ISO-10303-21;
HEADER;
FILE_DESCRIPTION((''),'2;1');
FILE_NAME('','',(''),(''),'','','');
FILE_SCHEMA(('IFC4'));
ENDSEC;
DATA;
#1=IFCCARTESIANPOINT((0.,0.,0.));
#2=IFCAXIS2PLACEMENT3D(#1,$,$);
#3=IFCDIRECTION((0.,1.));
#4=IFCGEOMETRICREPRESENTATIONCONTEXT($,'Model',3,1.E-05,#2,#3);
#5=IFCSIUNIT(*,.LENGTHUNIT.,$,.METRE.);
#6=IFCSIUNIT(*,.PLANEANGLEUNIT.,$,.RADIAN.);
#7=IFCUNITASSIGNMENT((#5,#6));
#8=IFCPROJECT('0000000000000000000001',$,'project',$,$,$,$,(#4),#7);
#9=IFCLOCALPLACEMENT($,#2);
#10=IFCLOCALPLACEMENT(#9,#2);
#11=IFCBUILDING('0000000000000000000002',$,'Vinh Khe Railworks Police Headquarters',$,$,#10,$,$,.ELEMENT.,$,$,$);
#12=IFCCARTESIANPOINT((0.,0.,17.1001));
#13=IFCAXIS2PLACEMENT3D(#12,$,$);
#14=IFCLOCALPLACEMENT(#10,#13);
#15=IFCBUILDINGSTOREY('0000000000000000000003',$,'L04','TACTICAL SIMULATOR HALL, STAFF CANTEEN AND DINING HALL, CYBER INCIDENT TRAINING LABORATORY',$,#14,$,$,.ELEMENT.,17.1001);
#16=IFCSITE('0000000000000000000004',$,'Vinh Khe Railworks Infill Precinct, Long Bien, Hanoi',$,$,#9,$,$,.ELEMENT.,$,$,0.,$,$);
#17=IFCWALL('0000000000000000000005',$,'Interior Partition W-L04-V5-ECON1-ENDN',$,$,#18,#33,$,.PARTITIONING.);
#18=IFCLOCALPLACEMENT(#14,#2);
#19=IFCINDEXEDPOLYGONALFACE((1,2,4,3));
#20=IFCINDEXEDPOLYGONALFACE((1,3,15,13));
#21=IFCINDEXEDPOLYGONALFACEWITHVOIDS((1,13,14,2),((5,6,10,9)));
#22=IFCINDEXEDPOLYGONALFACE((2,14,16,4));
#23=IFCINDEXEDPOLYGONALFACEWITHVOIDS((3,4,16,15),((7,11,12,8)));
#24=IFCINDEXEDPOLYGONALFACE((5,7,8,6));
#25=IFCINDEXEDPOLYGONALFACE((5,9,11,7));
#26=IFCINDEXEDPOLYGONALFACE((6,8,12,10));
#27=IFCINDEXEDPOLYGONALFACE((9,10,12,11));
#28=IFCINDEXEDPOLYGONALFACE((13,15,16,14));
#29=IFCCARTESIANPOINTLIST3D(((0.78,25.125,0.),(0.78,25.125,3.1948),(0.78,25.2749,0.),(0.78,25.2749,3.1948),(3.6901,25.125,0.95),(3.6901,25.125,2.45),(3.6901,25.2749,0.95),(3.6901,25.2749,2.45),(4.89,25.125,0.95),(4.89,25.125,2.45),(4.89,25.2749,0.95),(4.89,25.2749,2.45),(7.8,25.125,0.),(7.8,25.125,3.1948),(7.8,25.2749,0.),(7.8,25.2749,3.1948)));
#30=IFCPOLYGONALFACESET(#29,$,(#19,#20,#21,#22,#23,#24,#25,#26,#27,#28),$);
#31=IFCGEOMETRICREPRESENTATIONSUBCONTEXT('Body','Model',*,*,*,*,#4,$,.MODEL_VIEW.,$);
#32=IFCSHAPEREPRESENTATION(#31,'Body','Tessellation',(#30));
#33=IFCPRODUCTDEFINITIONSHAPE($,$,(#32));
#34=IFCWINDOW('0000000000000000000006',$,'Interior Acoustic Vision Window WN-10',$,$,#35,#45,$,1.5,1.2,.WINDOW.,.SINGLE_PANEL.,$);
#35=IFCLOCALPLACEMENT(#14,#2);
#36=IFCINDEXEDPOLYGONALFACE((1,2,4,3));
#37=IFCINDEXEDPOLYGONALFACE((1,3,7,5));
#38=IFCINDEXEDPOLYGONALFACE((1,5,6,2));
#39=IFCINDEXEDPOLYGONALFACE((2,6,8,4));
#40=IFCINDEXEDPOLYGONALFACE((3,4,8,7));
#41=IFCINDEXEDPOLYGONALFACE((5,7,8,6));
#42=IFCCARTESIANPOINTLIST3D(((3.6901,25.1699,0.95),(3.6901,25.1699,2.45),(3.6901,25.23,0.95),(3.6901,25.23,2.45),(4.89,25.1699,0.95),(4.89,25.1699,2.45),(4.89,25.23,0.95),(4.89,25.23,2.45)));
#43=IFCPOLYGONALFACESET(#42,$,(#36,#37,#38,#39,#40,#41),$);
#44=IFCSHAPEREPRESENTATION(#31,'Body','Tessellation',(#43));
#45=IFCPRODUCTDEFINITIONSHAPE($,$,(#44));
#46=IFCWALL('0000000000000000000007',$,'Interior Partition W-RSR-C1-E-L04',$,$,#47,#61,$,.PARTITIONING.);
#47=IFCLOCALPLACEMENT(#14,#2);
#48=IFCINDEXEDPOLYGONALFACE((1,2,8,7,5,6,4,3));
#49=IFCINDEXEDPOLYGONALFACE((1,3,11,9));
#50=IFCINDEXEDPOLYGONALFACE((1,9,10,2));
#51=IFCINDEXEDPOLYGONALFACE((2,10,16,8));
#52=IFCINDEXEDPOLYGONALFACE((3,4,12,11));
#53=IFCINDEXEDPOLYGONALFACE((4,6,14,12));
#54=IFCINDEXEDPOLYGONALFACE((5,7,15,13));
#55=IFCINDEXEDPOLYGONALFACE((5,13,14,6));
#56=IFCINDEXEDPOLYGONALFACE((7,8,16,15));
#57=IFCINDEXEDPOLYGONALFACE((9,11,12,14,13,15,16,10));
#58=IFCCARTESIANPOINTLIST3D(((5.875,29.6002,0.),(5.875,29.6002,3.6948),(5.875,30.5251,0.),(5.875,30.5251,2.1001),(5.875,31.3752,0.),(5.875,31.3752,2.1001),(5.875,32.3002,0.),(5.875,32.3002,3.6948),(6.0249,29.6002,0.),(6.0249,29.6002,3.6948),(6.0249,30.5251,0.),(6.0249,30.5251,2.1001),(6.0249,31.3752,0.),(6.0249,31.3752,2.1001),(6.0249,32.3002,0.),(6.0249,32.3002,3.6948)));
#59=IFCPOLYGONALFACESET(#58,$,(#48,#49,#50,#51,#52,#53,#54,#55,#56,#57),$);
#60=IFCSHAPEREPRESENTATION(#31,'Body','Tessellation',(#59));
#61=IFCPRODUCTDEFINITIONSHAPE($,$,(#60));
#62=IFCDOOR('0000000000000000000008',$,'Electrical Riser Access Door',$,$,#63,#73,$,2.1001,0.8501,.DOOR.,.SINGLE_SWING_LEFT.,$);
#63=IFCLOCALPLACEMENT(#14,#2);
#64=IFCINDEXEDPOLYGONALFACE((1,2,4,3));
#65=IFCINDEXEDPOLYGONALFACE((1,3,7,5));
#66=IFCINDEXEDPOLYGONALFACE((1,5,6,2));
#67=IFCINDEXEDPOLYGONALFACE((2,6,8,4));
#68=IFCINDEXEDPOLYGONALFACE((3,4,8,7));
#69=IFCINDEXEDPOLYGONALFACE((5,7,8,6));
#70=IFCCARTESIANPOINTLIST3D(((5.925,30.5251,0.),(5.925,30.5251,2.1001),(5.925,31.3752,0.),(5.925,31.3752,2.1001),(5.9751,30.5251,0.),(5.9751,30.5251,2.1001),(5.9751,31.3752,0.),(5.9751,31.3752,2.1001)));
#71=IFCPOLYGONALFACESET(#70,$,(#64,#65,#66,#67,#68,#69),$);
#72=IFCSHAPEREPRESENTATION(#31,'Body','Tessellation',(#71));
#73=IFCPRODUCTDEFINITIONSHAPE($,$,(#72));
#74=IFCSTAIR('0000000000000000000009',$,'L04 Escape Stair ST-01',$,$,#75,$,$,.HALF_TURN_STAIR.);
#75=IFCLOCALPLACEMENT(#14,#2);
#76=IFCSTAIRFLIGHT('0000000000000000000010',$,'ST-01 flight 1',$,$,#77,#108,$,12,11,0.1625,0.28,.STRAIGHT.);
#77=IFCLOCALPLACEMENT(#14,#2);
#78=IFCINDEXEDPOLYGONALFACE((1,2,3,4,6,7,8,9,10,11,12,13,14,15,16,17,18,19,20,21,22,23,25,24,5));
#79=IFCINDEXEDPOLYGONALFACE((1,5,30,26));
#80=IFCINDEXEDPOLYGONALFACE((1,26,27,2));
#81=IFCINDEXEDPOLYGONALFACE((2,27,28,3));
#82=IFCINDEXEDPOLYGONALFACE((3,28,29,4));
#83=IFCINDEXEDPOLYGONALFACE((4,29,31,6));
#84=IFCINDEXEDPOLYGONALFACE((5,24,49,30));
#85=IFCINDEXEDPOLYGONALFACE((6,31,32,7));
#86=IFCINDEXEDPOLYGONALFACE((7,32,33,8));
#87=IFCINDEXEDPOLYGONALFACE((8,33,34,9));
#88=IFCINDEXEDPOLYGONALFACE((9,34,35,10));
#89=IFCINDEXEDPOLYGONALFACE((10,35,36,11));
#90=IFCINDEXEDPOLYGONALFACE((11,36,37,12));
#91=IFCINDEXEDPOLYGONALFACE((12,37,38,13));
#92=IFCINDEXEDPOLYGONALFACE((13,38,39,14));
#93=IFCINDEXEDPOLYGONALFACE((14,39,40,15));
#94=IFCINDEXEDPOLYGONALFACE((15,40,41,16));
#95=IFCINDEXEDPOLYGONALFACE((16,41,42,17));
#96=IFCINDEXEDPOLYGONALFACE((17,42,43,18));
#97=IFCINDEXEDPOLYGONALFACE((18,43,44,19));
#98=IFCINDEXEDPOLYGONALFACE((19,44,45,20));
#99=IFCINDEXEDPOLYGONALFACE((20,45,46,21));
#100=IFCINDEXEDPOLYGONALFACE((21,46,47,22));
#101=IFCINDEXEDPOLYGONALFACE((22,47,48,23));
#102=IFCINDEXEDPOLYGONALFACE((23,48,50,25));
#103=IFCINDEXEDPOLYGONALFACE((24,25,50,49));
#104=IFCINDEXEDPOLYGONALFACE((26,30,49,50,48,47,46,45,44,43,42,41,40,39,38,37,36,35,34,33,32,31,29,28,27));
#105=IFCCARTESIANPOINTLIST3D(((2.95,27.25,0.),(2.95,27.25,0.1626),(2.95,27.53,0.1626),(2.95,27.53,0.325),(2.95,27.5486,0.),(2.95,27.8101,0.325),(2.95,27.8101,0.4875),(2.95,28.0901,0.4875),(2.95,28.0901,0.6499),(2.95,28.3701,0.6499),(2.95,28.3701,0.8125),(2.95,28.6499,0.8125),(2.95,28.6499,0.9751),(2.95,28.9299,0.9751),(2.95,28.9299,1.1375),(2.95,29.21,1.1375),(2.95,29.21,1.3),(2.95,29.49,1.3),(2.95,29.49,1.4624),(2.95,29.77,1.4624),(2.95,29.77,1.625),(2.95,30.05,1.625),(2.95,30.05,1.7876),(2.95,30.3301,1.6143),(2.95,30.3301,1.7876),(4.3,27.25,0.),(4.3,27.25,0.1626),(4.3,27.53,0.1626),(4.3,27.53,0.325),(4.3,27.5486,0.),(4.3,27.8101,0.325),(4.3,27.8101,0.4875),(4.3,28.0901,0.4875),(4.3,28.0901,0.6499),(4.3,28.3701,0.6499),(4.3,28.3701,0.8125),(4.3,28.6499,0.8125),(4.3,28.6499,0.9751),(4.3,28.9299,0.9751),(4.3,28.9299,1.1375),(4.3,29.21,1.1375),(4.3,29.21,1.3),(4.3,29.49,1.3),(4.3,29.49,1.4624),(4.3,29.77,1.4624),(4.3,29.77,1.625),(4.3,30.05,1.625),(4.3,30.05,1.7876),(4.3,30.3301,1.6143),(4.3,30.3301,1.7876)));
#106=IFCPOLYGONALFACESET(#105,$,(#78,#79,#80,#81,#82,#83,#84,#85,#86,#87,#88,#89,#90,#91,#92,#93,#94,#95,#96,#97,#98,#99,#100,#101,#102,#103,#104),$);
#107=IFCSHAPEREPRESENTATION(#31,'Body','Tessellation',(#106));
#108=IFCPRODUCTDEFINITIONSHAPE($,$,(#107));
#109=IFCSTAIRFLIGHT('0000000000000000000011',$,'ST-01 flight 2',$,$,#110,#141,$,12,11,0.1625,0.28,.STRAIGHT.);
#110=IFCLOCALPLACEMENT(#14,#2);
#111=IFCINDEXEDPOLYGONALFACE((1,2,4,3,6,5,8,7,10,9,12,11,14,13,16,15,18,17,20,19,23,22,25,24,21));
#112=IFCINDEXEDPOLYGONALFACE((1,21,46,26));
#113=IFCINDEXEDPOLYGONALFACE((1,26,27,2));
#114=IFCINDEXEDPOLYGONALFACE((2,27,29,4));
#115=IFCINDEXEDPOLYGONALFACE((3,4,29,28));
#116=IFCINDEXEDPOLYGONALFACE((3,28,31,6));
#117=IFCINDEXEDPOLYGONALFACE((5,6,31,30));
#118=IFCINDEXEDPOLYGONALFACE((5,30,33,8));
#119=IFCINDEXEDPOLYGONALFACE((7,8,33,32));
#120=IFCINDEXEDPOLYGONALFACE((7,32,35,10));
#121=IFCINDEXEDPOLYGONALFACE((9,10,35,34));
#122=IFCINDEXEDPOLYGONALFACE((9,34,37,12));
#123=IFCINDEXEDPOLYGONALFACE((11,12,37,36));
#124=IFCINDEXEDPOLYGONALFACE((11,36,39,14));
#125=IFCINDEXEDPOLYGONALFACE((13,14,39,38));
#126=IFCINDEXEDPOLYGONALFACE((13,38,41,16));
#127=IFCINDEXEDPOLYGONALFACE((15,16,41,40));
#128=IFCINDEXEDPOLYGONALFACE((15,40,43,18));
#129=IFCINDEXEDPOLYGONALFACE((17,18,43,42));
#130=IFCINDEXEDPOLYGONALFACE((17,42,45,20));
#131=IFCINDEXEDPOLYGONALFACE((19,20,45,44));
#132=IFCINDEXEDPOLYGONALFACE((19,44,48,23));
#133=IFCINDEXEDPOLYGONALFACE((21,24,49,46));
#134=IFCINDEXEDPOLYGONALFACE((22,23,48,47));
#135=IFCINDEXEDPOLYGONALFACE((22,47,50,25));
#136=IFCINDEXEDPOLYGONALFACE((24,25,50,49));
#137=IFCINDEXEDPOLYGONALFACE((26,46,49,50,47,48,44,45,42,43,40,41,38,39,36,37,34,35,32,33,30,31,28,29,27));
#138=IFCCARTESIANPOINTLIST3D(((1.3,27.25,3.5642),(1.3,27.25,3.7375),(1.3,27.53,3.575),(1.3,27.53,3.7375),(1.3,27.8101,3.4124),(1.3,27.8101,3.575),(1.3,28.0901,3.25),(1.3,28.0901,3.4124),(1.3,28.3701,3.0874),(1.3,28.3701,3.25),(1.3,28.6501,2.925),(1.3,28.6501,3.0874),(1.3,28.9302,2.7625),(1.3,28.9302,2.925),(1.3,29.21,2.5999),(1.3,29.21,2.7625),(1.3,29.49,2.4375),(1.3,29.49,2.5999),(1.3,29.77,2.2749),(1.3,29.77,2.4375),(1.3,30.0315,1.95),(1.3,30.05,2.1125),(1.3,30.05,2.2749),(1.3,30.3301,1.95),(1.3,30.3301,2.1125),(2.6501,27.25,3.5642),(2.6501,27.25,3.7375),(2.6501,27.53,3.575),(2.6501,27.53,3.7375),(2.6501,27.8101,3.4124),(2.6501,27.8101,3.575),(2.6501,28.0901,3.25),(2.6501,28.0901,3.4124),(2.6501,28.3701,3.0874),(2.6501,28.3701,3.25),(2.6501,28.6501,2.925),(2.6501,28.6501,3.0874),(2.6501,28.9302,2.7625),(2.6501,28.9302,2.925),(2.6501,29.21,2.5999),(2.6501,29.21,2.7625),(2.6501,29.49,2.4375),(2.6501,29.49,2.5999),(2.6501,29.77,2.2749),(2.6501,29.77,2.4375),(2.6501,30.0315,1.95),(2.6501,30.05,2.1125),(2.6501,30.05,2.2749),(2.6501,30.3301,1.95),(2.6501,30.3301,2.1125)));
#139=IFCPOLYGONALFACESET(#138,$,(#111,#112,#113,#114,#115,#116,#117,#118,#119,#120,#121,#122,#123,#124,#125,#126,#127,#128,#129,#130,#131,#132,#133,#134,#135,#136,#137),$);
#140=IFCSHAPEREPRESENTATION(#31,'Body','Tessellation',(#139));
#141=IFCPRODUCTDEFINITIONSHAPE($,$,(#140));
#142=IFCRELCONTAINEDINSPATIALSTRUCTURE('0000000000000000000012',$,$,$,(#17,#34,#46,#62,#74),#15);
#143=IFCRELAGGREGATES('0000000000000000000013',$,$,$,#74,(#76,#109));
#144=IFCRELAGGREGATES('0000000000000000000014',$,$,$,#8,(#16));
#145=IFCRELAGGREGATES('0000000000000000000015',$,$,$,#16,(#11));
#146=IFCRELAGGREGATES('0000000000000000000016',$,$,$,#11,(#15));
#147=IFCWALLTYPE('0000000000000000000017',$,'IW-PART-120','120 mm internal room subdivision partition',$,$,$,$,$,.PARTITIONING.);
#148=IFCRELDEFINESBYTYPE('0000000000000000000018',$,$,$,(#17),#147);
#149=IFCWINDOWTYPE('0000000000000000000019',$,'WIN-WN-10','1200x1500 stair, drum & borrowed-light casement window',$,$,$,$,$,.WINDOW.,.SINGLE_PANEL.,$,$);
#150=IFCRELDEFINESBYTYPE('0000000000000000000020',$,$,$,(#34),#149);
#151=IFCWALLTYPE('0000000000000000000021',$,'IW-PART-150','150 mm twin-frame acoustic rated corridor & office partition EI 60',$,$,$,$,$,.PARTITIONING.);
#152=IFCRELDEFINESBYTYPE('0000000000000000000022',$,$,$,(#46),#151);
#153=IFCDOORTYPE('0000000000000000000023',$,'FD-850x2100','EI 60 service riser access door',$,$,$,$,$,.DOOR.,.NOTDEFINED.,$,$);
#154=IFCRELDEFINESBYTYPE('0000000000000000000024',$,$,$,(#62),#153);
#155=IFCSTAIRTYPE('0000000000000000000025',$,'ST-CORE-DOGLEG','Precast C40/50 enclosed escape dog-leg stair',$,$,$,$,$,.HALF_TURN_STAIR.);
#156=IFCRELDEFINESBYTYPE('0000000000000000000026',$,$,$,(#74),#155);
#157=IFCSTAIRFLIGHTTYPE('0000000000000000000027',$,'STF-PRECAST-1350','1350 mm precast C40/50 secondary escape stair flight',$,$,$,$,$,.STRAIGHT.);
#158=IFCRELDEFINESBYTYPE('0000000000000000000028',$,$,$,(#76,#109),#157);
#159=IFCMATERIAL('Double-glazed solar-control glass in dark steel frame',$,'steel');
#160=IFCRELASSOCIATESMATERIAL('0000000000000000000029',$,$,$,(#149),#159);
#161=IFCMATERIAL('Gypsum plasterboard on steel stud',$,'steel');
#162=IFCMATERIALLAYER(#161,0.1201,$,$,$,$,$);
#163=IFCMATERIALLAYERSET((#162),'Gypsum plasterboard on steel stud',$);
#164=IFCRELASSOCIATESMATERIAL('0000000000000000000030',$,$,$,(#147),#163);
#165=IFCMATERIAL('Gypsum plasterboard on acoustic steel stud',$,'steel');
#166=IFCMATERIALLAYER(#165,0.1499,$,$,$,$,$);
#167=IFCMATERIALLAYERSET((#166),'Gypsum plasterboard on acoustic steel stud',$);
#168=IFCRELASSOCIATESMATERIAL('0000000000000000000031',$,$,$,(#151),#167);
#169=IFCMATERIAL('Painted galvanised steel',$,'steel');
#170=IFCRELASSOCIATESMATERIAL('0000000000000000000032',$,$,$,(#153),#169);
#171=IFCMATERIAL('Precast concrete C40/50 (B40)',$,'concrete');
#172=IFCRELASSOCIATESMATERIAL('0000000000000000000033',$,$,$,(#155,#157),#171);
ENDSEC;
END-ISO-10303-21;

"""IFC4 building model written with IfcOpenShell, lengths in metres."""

from ifc_helpers import new_model, si_unit, direction, frame, frame_2d, origin, place, context, subcontext, project, spatial, polyline, rectangle, outline, extrude, material, layer, layer_set, type_object, element, fill, aggregate, save


model = new_model("IFC4")

# Units and contexts
model_context = context("Model", 3, precision=1e-05, world=origin(), true_north=direction((0.0, 1.0)))
body_context = subcontext(model_context, "Body", "Model", "MODEL_VIEW")
ifc_project = project(units=[si_unit("LENGTHUNIT", "METRE"), si_unit("PLANEANGLEUNIT", "RADIAN")], contexts=[model_context])

# Site, building, storey
site_placement = place(None, origin())
site = spatial("IfcSite", under=ifc_project, at=site_placement, Name="Vinh Khe Railworks Infill Precinct, Long Bien, Hanoi", CompositionType="ELEMENT", RefElevation=0.0)
building_placement = place(site_placement, origin())
building = spatial("IfcBuilding", under=site, at=building_placement, Name="Vinh Khe Railworks Police Headquarters", CompositionType="ELEMENT")
storey_placement = place(building_placement, frame((0.0, 0.0, 17.1001)))
storey = spatial("IfcBuildingStorey", under=building, at=storey_placement, Name="L04", Description="TACTICAL SIMULATOR HALL, STAFF CANTEEN AND DINING HALL, CYBER INCIDENT TRAINING LABORATORY", CompositionType="ELEMENT", Elevation=17.1001)

# Shared definitions
ifc_material_1 = material(Name="Painted galvanised steel", Category="steel")

# Shared definitions
ifc_material_2 = material(Name="Double-glazed solar-control glass in dark steel frame", Category="steel")
window_type = type_object("IfcWindowType", Name="WIN-WN-10", Description="1200x1500 stair, drum & borrowed-light casement window", PartitioningType="SINGLE_PANEL", PredefinedType="WINDOW", material=ifc_material_2)

# Wall, opening, window
ifc_material_3 = material(Name="Gypsum plasterboard on steel stud", Category="steel")
ifc_layer_1 = layer(ifc_material_3, 0.1201)
ifc_layer_set_1 = layer_set([ifc_layer_1], Name="Gypsum plasterboard on steel stud")
wall_type_1 = type_object("IfcWallType", Name="IW-PART-120", Description="120 mm internal room subdivision partition", PredefinedType="PARTITIONING", material=ifc_layer_set_1)
wall_1_placement = place(storey_placement, frame((0.78, 25.2, 0.0), z_axis=(0.0, 0.0, 1.0), x_axis=(1.0, 0.0, 0.0)))
wall_1 = element("IfcWall", 1, at=wall_1_placement, inside=storey, type_object=wall_type_1, Name="Interior Partition W-L04-V5-ECON1-ENDN", PredefinedType="PARTITIONING", context=body_context, shape_type="SweptSolid", body=[
    extrude(rectangle(XDim=7.02, YDim=0.1499, at=frame_2d((3.51, 0.0))), origin(), (0.0, 0.0, 1.0), 3.1948),
])
opening_1_placement = place(wall_1_placement, frame((2.9099, 0.0, 0.95)))
opening_1 = element("IfcOpeningElement", 2, at=opening_1_placement, cuts=wall_1, PredefinedType="OPENING", context=body_context, shape_type="SweptSolid", body=[
    extrude(rectangle(XDim=1.2, YDim=1.5, at=frame_2d((0.6001, 0.75))), frame((0.0, 0.0898, 0.0), z_axis=(0.0, -1.0, 0.0), x_axis=(1.0, 0.0, 0.0)), (0.0, 0.0, 1.0), 0.1797),
])
window_1_placement = place(opening_1_placement, origin())
window_1 = element("IfcWindow", 3, at=window_1_placement, inside=storey, type_object=window_type, Name="Interior Acoustic Vision Window WN-10", OverallHeight=1.5, OverallWidth=1.2, PartitioningType="SINGLE_PANEL", PredefinedType="WINDOW", context=body_context, shape_type="SweptSolid", body=[
    extrude(rectangle(XDim=1.2, YDim=1.5, at=frame_2d((0.6001, 0.75))), frame((0.0, 0.03, 0.0), z_axis=(0.0, -1.0, 0.0), x_axis=(1.0, 0.0, 0.0)), (0.0, 0.0, 1.0), 0.0601),
])
fill(opening_1, window_1)

# Wall, opening, door
ifc_material_4 = material(Name="Gypsum plasterboard on acoustic steel stud", Category="steel")
ifc_layer_2 = layer(ifc_material_4, 0.1499)
ifc_layer_set_2 = layer_set([ifc_layer_2], Name="Gypsum plasterboard on acoustic steel stud")
wall_type_2 = type_object("IfcWallType", Name="IW-PART-150", Description="150 mm twin-frame acoustic rated corridor & office partition EI 60", PredefinedType="PARTITIONING", material=ifc_layer_set_2)
wall_2_placement = place(storey_placement, frame((5.95, 29.6001, 0.0), z_axis=(0.0, 0.0, 1.0), x_axis=(0.0, 1.0, 0.0)))
wall_2 = element("IfcWall", 4, at=wall_2_placement, inside=storey, type_object=wall_type_2, Name="Interior Partition W-RSR-C1-E-L04", PredefinedType="PARTITIONING", context=body_context, shape_type="SweptSolid", body=[
    extrude(rectangle(XDim=2.7, YDim=0.1499, at=frame_2d((1.3501, 0.0))), origin(), (0.0, 0.0, 1.0), 3.6948),
])
opening_2_placement = place(wall_2_placement, frame((0.925, 0.0, 0.0)))
opening_2 = element("IfcOpeningElement", 5, at=opening_2_placement, cuts=wall_2, PredefinedType="OPENING", context=body_context, shape_type="SweptSolid", body=[
    extrude(rectangle(XDim=0.8501, YDim=2.1001, at=frame_2d((0.425, 1.05))), frame((0.0, 0.0898, 0.0), z_axis=(0.0, -1.0, 0.0), x_axis=(1.0, 0.0, 0.0)), (0.0, 0.0, 1.0), 0.1797),
])
door_type_1 = type_object("IfcDoorType", Name="FD-850x2100", Description="EI 60 service riser access door", OperationType="NOTDEFINED", PredefinedType="DOOR", material=ifc_material_1)
door_1_placement = place(opening_2_placement, origin())
door_1 = element("IfcDoor", 6, at=door_1_placement, inside=storey, type_object=door_type_1, Name="Electrical Riser Access Door", OperationType="SINGLE_SWING_LEFT", OverallHeight=2.1001, OverallWidth=0.8501, PredefinedType="DOOR", context=body_context, shape_type="SweptSolid", body=[
    extrude(rectangle(XDim=0.8501, YDim=2.1001, at=frame_2d((0.425, 1.05))), frame((0.0, 0.0249, 0.0), z_axis=(0.0, -1.0, 0.0), x_axis=(1.0, 0.0, 0.0)), (0.0, 0.0, 1.0), 0.05),
])
fill(opening_2, door_1)

# Stair, stair flights
ifc_material_5 = material(Name="Precast concrete C40/50 (B40)", Category="concrete")
stair_type = type_object("IfcStairType", Name="ST-CORE-DOGLEG", Description="Precast C40/50 enclosed escape dog-leg stair", PredefinedType="HALF_TURN_STAIR", material=ifc_material_5)
stair_placement = place(storey_placement, origin())
stair = element("IfcStair", 7, at=stair_placement, inside=storey, type_object=stair_type, Name="L04 Escape Stair ST-01", PredefinedType="HALF_TURN_STAIR")
stair_flight_type = type_object("IfcStairFlightType", Name="STF-PRECAST-1350", Description="1350 mm precast C40/50 secondary escape stair flight", PredefinedType="STRAIGHT", material=ifc_material_5)
stair_flight_1_placement = place(storey_placement, frame((3.625, 27.25, 0.0), z_axis=(0.0, 0.0, 1.0), x_axis=(0.0, 1.0, 0.0)))
stair_flight_1 = element("IfcStairFlight", 8, at=stair_flight_1_placement, type_object=stair_flight_type, Name="ST-01 flight 1", NumberOfRisers=12, NumberOfTreads=11, PredefinedType="STRAIGHT", RiserHeight=0.1625, TreadLength=0.28, context=body_context, shape_type="SweptSolid", body=[
    extrude(outline(polyline([(0.0, 0.0), (0.0, 0.1626), (0.28, 0.1626), (0.28, 0.325), (0.5601, 0.325), (0.5601, 0.4875), (0.8401, 0.4875), (0.8401, 0.6499), (1.1201, 0.6499), (1.1201, 0.8125), (1.3999, 0.8125), (1.3999, 0.9751), (1.6799, 0.9751), (1.6799, 1.1375), (1.96, 1.1375), (1.96, 1.3), (2.24, 1.3), (2.24, 1.4624), (2.52, 1.4624), (2.52, 1.625), (2.8, 1.625), (2.8, 1.7876), (3.0801, 1.7876), (3.0801, 1.95), (3.0801, 1.6143), (0.2986, 0.0), (0.0, 0.0)])), frame((0.0, 0.675, 0.0), z_axis=(0.0, -1.0, 0.0), x_axis=(1.0, 0.0, 0.0)), (0.0, 0.0, 1.0), 1.3501),
])
stair_flight_2_placement = place(storey_placement, frame((1.9751, 30.3301, 1.95), z_axis=(0.0, 0.0, 1.0), x_axis=(0.0, -1.0, 0.0)))
stair_flight_2 = element("IfcStairFlight", 9, at=stair_flight_2_placement, type_object=stair_flight_type, Name="ST-01 flight 2", NumberOfRisers=12, NumberOfTreads=11, PredefinedType="STRAIGHT", RiserHeight=0.1625, TreadLength=0.28, context=body_context, shape_type="SweptSolid", body=[
    extrude(outline(polyline([(0.0, 0.0), (0.0, 0.1626), (0.28, 0.1626), (0.28, 0.325), (0.5601, 0.325), (0.5601, 0.4875), (0.8401, 0.4875), (0.8401, 0.6499), (1.1201, 0.6499), (1.1201, 0.8125), (1.3999, 0.8125), (1.3999, 0.9751), (1.6799, 0.9751), (1.6799, 1.1375), (1.96, 1.1375), (1.96, 1.3), (2.24, 1.3), (2.24, 1.4624), (2.52, 1.4624), (2.52, 1.625), (2.8, 1.625), (2.8, 1.7876), (3.0801, 1.7876), (3.0801, 1.95), (3.0801, 1.6143), (0.2986, 0.0), (0.0, 0.0)])), frame((0.0, 0.675, 0.0), z_axis=(0.0, -1.0, 0.0), x_axis=(1.0, 0.0, 0.0)), (0.0, 0.0, 1.0), 1.3501),
])
aggregate(stair, [stair_flight_1, stair_flight_2])

save(model, "model.ifc")
